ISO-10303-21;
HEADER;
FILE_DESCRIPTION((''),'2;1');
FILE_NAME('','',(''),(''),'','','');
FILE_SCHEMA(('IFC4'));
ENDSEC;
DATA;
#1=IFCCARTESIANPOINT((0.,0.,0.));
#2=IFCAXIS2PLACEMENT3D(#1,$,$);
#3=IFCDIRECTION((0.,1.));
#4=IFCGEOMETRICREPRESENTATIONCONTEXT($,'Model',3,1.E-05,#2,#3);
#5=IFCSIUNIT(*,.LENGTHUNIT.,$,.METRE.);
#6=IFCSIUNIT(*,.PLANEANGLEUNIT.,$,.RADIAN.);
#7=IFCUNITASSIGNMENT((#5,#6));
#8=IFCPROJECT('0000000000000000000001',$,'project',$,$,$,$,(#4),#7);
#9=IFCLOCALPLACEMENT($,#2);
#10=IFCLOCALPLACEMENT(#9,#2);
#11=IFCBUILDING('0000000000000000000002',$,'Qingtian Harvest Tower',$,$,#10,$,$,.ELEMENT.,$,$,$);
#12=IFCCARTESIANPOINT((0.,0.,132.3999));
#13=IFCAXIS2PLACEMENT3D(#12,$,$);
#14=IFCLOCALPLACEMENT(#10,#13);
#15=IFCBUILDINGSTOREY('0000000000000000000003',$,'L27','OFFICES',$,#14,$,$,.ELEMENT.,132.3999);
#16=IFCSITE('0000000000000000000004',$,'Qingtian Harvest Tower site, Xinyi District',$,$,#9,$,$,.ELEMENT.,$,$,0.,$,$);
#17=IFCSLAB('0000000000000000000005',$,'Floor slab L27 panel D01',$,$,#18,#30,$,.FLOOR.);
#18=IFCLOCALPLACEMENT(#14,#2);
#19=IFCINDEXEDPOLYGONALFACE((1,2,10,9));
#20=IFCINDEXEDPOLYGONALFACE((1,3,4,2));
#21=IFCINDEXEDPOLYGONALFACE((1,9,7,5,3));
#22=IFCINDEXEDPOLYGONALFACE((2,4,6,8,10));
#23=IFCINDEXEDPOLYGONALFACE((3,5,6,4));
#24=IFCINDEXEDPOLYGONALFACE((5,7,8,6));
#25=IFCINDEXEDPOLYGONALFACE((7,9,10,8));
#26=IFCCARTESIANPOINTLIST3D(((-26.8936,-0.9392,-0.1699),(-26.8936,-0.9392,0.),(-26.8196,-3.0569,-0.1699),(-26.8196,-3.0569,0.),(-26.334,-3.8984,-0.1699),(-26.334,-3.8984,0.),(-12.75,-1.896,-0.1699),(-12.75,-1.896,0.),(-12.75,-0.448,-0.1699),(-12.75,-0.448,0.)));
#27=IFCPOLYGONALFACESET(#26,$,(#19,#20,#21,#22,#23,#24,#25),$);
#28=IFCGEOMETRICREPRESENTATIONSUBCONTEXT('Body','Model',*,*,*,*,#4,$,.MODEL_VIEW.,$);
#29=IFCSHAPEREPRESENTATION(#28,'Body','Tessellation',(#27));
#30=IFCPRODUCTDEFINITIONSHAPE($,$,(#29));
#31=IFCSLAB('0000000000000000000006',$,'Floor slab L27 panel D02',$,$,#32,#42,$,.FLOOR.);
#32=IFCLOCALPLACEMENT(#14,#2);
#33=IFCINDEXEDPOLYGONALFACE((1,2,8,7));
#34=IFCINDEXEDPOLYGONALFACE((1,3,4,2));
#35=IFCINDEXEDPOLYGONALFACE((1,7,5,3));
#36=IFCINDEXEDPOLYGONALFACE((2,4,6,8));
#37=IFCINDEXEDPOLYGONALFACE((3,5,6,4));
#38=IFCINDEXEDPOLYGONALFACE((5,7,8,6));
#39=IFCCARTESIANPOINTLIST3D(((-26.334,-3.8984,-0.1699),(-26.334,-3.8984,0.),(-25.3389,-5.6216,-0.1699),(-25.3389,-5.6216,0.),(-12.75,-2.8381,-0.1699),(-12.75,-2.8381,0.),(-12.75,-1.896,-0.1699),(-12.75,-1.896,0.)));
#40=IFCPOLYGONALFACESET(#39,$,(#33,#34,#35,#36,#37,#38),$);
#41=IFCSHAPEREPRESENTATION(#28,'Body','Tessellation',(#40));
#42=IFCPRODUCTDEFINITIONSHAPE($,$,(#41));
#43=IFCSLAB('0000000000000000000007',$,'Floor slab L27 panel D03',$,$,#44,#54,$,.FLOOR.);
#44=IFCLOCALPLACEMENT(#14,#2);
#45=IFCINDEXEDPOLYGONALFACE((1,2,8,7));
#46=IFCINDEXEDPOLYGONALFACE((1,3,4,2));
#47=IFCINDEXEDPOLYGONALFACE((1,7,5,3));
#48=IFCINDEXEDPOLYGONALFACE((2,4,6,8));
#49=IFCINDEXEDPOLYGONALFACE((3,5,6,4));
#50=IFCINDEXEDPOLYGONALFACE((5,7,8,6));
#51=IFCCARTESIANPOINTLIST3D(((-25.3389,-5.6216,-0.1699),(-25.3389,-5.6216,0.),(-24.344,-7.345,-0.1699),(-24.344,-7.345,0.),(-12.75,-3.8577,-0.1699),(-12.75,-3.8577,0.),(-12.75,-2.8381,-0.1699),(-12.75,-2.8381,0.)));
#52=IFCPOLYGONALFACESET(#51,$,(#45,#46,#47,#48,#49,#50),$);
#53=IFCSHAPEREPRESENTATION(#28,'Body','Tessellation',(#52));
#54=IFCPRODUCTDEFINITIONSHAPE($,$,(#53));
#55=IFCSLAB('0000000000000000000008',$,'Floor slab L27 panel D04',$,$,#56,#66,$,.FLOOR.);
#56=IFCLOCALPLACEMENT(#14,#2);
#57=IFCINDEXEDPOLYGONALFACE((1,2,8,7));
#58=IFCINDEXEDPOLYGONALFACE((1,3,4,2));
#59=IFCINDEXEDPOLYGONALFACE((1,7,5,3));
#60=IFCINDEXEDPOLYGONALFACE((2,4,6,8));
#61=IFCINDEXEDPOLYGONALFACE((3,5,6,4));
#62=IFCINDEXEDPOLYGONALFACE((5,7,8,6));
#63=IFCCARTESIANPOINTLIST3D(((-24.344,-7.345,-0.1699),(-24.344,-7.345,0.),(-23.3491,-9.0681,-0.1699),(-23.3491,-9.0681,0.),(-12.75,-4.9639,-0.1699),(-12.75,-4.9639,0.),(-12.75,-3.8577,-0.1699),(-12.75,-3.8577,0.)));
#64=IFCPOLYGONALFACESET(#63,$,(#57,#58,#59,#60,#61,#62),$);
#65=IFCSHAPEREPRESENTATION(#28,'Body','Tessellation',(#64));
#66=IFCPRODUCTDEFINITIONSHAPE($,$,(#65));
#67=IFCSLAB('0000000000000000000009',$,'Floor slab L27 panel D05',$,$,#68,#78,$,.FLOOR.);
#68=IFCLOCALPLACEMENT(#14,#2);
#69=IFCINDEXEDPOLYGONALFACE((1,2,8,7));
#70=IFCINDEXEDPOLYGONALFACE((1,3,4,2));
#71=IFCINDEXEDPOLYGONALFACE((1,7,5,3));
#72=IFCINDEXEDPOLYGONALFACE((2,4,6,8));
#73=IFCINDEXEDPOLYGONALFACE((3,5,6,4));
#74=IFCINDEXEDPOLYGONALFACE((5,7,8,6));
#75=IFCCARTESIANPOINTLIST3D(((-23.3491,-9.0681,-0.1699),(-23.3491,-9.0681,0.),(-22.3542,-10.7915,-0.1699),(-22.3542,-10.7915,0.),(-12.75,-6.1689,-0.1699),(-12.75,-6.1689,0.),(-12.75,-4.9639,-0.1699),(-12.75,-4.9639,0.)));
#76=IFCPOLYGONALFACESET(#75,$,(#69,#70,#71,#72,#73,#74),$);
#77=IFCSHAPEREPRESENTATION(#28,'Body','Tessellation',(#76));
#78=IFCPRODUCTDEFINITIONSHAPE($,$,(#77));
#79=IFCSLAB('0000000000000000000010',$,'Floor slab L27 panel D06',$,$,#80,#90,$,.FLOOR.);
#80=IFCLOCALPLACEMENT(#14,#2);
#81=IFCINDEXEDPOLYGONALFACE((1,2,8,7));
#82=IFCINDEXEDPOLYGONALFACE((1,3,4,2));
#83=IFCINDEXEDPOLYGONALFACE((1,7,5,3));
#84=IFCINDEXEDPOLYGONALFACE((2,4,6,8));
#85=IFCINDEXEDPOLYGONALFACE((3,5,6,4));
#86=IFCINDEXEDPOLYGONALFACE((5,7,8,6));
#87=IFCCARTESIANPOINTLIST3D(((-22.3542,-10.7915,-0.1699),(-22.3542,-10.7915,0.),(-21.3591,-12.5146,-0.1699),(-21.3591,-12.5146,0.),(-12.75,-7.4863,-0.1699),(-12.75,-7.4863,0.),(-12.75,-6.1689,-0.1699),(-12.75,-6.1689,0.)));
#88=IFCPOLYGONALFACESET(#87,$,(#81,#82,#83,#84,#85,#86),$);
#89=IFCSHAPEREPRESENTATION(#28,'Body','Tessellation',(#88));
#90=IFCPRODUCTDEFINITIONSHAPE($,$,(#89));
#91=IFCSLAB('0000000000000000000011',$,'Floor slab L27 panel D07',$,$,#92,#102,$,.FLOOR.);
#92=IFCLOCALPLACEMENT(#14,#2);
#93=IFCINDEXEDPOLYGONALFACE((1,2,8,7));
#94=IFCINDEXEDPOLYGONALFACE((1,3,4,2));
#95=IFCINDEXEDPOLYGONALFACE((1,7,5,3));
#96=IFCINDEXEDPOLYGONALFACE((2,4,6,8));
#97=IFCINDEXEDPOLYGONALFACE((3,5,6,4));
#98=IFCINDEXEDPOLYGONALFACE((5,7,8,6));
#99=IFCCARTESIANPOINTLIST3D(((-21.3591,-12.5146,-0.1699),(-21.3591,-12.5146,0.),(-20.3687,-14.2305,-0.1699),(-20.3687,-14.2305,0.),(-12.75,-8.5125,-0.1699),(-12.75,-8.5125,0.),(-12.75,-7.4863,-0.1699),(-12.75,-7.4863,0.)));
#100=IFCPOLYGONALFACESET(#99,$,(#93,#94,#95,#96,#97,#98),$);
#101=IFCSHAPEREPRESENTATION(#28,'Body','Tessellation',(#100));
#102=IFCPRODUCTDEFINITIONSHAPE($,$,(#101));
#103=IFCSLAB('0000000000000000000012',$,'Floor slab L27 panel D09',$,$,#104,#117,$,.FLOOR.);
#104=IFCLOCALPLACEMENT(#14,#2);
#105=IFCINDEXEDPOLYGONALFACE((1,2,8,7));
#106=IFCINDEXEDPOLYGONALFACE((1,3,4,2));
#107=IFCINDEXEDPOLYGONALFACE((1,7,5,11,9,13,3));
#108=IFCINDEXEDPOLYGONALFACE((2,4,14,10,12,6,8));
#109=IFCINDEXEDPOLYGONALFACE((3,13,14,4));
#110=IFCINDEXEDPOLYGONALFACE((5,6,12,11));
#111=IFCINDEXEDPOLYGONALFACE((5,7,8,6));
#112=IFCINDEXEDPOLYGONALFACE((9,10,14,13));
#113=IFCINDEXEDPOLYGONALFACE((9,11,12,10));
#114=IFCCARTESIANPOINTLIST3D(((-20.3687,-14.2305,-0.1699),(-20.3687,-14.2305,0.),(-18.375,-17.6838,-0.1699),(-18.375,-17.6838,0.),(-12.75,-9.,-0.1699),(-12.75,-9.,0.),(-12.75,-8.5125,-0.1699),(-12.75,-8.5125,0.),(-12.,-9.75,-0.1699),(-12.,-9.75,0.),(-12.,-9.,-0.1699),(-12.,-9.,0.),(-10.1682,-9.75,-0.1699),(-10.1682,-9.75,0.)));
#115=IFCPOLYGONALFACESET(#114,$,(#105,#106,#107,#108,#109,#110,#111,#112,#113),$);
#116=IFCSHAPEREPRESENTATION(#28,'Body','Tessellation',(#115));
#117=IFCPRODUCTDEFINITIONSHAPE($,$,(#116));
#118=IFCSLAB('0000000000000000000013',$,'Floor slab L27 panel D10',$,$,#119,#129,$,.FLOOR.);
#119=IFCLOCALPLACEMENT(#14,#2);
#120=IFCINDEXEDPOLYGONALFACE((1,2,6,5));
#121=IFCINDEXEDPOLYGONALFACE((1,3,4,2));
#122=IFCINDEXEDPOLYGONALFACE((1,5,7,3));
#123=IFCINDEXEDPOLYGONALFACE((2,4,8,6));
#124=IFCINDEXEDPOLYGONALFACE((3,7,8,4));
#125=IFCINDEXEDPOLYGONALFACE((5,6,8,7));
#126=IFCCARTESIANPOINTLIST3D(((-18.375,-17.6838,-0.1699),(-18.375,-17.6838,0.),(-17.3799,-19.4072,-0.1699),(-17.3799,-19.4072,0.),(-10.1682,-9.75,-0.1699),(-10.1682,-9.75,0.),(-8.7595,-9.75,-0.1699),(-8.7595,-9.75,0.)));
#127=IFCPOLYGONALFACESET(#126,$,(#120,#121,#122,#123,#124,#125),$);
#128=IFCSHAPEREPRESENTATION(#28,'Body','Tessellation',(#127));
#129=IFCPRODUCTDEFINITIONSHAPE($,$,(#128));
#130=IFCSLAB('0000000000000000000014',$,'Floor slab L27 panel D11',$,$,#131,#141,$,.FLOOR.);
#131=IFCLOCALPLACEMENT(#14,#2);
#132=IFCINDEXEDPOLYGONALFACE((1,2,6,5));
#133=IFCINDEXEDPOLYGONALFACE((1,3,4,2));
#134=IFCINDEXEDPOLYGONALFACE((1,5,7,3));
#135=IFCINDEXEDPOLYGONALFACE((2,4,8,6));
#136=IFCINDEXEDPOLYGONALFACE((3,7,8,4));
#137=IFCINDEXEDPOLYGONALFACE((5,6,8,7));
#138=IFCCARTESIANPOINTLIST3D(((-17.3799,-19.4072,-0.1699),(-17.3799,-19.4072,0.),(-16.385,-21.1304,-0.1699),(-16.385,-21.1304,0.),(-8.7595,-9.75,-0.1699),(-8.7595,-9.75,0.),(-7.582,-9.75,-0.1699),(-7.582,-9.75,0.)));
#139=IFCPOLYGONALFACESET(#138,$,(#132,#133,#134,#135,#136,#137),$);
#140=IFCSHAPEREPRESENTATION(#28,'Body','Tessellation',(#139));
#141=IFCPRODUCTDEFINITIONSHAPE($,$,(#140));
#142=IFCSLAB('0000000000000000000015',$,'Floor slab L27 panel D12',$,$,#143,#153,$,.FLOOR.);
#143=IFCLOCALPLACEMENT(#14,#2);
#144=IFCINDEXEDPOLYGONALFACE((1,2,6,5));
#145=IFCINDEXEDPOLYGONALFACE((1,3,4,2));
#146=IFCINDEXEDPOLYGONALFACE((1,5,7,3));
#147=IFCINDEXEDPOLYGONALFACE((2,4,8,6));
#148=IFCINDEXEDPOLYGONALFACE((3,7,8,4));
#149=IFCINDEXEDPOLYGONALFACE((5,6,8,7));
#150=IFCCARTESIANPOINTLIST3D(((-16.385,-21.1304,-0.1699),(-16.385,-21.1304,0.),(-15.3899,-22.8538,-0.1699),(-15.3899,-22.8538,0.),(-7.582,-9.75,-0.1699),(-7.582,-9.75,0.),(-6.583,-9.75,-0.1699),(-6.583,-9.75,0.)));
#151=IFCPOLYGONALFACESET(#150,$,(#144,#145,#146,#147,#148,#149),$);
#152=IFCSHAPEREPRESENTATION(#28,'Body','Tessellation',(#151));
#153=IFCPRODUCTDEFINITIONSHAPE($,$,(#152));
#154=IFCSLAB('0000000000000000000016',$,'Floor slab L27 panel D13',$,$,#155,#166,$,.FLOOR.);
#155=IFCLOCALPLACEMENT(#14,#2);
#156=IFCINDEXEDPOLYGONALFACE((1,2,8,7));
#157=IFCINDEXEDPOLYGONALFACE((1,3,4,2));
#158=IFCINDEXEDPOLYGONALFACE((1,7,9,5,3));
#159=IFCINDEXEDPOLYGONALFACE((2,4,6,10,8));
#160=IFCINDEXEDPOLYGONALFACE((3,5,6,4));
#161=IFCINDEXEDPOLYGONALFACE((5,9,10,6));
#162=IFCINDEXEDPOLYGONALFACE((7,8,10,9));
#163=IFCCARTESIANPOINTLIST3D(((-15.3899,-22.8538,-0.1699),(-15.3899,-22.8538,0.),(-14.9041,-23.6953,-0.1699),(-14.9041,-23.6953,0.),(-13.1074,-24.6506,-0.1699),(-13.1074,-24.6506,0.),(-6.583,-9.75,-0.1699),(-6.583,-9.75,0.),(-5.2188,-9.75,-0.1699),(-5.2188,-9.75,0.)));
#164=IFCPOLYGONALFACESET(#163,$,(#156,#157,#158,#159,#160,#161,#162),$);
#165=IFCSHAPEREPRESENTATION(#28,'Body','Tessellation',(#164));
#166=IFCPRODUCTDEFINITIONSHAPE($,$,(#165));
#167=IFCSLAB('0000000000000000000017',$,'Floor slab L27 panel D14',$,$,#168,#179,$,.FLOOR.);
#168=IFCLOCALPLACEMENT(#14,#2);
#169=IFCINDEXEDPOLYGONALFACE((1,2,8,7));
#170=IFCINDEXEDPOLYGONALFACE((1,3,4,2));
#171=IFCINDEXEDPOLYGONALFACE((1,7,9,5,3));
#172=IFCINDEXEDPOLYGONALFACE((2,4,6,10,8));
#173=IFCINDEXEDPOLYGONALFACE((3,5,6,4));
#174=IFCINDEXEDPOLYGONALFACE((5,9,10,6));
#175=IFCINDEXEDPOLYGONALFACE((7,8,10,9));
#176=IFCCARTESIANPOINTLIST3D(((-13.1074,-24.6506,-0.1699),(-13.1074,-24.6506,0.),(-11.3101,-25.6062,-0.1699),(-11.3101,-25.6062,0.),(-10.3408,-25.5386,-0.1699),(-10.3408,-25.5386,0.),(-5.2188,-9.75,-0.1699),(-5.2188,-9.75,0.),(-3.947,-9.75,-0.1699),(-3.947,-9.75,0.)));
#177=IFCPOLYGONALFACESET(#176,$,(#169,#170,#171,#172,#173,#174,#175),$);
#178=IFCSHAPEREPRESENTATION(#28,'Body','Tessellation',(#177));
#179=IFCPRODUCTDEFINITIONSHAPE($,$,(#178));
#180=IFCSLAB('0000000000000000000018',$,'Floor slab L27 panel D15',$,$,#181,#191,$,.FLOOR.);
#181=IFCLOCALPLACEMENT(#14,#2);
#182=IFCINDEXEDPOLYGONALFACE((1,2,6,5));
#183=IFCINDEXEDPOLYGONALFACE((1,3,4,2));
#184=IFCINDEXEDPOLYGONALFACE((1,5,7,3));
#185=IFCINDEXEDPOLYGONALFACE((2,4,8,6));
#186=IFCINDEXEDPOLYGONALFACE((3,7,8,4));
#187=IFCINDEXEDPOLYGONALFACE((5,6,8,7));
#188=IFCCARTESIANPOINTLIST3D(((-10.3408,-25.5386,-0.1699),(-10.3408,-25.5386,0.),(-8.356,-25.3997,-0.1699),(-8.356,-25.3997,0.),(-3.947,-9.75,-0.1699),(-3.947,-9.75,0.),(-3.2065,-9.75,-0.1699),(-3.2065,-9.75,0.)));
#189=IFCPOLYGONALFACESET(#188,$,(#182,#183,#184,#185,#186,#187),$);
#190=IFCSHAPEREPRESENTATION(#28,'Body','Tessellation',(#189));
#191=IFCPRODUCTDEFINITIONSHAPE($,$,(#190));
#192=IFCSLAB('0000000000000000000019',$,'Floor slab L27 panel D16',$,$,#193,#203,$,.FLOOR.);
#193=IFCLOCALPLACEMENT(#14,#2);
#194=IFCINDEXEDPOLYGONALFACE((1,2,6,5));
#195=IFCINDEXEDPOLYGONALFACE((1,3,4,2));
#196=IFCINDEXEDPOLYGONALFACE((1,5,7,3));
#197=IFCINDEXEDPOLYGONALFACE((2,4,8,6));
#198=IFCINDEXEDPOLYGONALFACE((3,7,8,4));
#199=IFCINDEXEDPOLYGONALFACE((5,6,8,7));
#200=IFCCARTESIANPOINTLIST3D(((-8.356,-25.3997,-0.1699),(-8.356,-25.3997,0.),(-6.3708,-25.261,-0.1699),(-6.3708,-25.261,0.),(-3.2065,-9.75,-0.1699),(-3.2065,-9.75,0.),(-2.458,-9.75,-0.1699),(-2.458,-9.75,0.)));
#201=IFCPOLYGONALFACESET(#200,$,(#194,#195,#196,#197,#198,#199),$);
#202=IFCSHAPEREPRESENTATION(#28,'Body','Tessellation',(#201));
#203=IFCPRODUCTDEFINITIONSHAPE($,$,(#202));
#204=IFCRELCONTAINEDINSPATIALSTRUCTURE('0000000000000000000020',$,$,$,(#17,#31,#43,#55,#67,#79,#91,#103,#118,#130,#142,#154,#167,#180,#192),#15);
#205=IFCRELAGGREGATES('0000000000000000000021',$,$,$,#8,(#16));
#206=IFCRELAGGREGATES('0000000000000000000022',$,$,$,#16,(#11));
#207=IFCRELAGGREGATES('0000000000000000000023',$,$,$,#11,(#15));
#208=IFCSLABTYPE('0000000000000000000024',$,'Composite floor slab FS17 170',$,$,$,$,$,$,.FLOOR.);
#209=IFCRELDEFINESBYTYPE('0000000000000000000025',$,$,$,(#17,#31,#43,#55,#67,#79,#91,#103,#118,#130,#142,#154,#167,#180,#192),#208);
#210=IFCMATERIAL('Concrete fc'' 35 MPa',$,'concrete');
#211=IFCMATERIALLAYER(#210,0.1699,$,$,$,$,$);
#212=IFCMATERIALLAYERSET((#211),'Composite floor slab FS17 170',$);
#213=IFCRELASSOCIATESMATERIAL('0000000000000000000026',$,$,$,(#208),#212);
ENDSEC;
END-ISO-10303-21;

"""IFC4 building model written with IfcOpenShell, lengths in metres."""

from ifc_helpers import new_model, si_unit, direction, frame, origin, place, context, subcontext, project, spatial, polyline, outline, extrude, material, layer, layer_set, type_object, element, save


model = new_model("IFC4")

# Units and contexts
model_context = context("Model", 3, precision=1e-05, world=origin(), true_north=direction((0.0, 1.0)))
body_context = subcontext(model_context, "Body", "Model", "MODEL_VIEW")
ifc_project = project(units=[si_unit("LENGTHUNIT", "METRE"), si_unit("PLANEANGLEUNIT", "RADIAN")], contexts=[model_context])

# Site, building, storey
site_placement = place(None, origin())
site = spatial("IfcSite", under=ifc_project, at=site_placement, Name="Qingtian Harvest Tower site, Xinyi District", CompositionType="ELEMENT", RefElevation=0.0)
building_placement = place(site_placement, origin())
building = spatial("IfcBuilding", under=site, at=building_placement, Name="Qingtian Harvest Tower", CompositionType="ELEMENT")
storey_placement = place(building_placement, frame((0.0, 0.0, 132.3999)))
storey = spatial("IfcBuildingStorey", under=building, at=storey_placement, Name="L27", Description="OFFICES", CompositionType="ELEMENT", Elevation=132.3999)

# Slabs
ifc_material_1 = material(Name="Concrete fc' 35 MPa", Category="concrete")
ifc_layer_1 = layer(ifc_material_1, 0.1699)
ifc_layer_set_1 = layer_set([ifc_layer_1], Name="Composite floor slab FS17 170")
slab_type_1 = type_object("IfcSlabType", Name="Composite floor slab FS17 170", PredefinedType="FLOOR", material=ifc_layer_set_1)
slab_1_placement = place(storey_placement, frame((0.0, 0.0, -0.1699)))
element("IfcSlab", 1, at=slab_1_placement, inside=storey, type_object=slab_type_1, Name="Floor slab L27 panel D01", PredefinedType="FLOOR", context=body_context, shape_type="SweptSolid", body=[
    extrude(outline(polyline([(-26.8936, -0.9392), (-12.75, -0.448), (-12.75, -1.896), (-26.334, -3.8984), (-26.8196, -3.0569), (-26.8936, -0.9392)])), origin(), (0.0, 0.0, 1.0), 0.1699),
])
slab_2_placement = place(storey_placement, frame((0.0, 0.0, -0.1699)))
element("IfcSlab", 2, at=slab_2_placement, inside=storey, type_object=slab_type_1, Name="Floor slab L27 panel D02", PredefinedType="FLOOR", context=body_context, shape_type="SweptSolid", body=[
    extrude(outline(polyline([(-12.75, -2.8381), (-25.3389, -5.6216), (-26.334, -3.8984), (-12.75, -1.896), (-12.75, -2.8381)])), origin(), (0.0, 0.0, 1.0), 0.1699),
])
slab_3_placement = place(storey_placement, frame((0.0, 0.0, -0.1699)))
element("IfcSlab", 3, at=slab_3_placement, inside=storey, type_object=slab_type_1, Name="Floor slab L27 panel D03", PredefinedType="FLOOR", context=body_context, shape_type="SweptSolid", body=[
    extrude(outline(polyline([(-12.75, -3.8577), (-24.344, -7.345), (-25.3389, -5.6216), (-12.75, -2.8381), (-12.75, -3.8577)])), origin(), (0.0, 0.0, 1.0), 0.1699),
])
slab_4_placement = place(storey_placement, frame((0.0, 0.0, -0.1699)))
element("IfcSlab", 4, at=slab_4_placement, inside=storey, type_object=slab_type_1, Name="Floor slab L27 panel D04", PredefinedType="FLOOR", context=body_context, shape_type="SweptSolid", body=[
    extrude(outline(polyline([(-12.75, -4.9639), (-23.3491, -9.0681), (-24.344, -7.345), (-12.75, -3.8577), (-12.75, -4.9639)])), origin(), (0.0, 0.0, 1.0), 0.1699),
])
slab_5_placement = place(storey_placement, frame((0.0, 0.0, -0.1699)))
element("IfcSlab", 5, at=slab_5_placement, inside=storey, type_object=slab_type_1, Name="Floor slab L27 panel D05", PredefinedType="FLOOR", context=body_context, shape_type="SweptSolid", body=[
    extrude(outline(polyline([(-12.75, -6.1689), (-22.3542, -10.7915), (-23.3491, -9.0681), (-12.75, -4.9639), (-12.75, -6.1689)])), origin(), (0.0, 0.0, 1.0), 0.1699),
])
slab_6_placement = place(storey_placement, frame((0.0, 0.0, -0.1699)))
element("IfcSlab", 6, at=slab_6_placement, inside=storey, type_object=slab_type_1, Name="Floor slab L27 panel D06", PredefinedType="FLOOR", context=body_context, shape_type="SweptSolid", body=[
    extrude(outline(polyline([(-12.75, -7.4863), (-21.3591, -12.5146), (-22.3542, -10.7915), (-12.75, -6.1689), (-12.75, -7.4863)])), origin(), (0.0, 0.0, 1.0), 0.1699),
])
slab_7_placement = place(storey_placement, frame((0.0, 0.0, -0.1699)))
element("IfcSlab", 7, at=slab_7_placement, inside=storey, type_object=slab_type_1, Name="Floor slab L27 panel D07", PredefinedType="FLOOR", context=body_context, shape_type="SweptSolid", body=[
    extrude(outline(polyline([(-12.75, -8.5125), (-20.3687, -14.2305), (-21.3591, -12.5146), (-12.75, -7.4863), (-12.75, -8.5125)])), origin(), (0.0, 0.0, 1.0), 0.1699),
])
slab_8_placement = place(storey_placement, frame((0.0, 0.0, -0.1699)))
element("IfcSlab", 8, at=slab_8_placement, inside=storey, type_object=slab_type_1, Name="Floor slab L27 panel D09", PredefinedType="FLOOR", context=body_context, shape_type="SweptSolid", body=[
    extrude(outline(polyline([(-18.375, -17.6838), (-20.3687, -14.2305), (-12.75, -8.5125), (-12.75, -9.0), (-12.0, -9.0), (-12.0, -9.75), (-10.1682, -9.75), (-18.375, -17.6838)])), origin(), (0.0, 0.0, 1.0), 0.1699),
])
slab_9_placement = place(storey_placement, frame((0.0, 0.0, -0.1699)))
element("IfcSlab", 9, at=slab_9_placement, inside=storey, type_object=slab_type_1, Name="Floor slab L27 panel D10", PredefinedType="FLOOR", context=body_context, shape_type="SweptSolid", body=[
    extrude(outline(polyline([(-8.7595, -9.75), (-17.3799, -19.4072), (-18.375, -17.6838), (-10.1682, -9.75), (-8.7595, -9.75)])), origin(), (0.0, 0.0, 1.0), 0.1699),
])
slab_10_placement = place(storey_placement, frame((0.0, 0.0, -0.1699)))
element("IfcSlab", 10, at=slab_10_placement, inside=storey, type_object=slab_type_1, Name="Floor slab L27 panel D11", PredefinedType="FLOOR", context=body_context, shape_type="SweptSolid", body=[
    extrude(outline(polyline([(-7.582, -9.75), (-16.385, -21.1304), (-17.3799, -19.4072), (-8.7595, -9.75), (-7.582, -9.75)])), origin(), (0.0, 0.0, 1.0), 0.1699),
])
slab_11_placement = place(storey_placement, frame((0.0, 0.0, -0.1699)))
element("IfcSlab", 11, at=slab_11_placement, inside=storey, type_object=slab_type_1, Name="Floor slab L27 panel D12", PredefinedType="FLOOR", context=body_context, shape_type="SweptSolid", body=[
    extrude(outline(polyline([(-6.583, -9.75), (-15.3899, -22.8538), (-16.385, -21.1304), (-7.582, -9.75), (-6.583, -9.75)])), origin(), (0.0, 0.0, 1.0), 0.1699),
])
slab_12_placement = place(storey_placement, frame((0.0, 0.0, -0.1699)))
element("IfcSlab", 12, at=slab_12_placement, inside=storey, type_object=slab_type_1, Name="Floor slab L27 panel D13", PredefinedType="FLOOR", context=body_context, shape_type="SweptSolid", body=[
    extrude(outline(polyline([(-6.583, -9.75), (-5.2188, -9.75), (-13.1074, -24.6506), (-14.9041, -23.6953), (-15.3899, -22.8538), (-6.583, -9.75)])), origin(), (0.0, 0.0, 1.0), 0.1699),
])
slab_13_placement = place(storey_placement, frame((0.0, 0.0, -0.1699)))
element("IfcSlab", 13, at=slab_13_placement, inside=storey, type_object=slab_type_1, Name="Floor slab L27 panel D14", PredefinedType="FLOOR", context=body_context, shape_type="SweptSolid", body=[
    extrude(outline(polyline([(-5.2188, -9.75), (-3.947, -9.75), (-10.3408, -25.5386), (-11.3101, -25.6062), (-13.1074, -24.6506), (-5.2188, -9.75)])), origin(), (0.0, 0.0, 1.0), 0.1699),
])
slab_14_placement = place(storey_placement, frame((0.0, 0.0, -0.1699)))
element("IfcSlab", 14, at=slab_14_placement, inside=storey, type_object=slab_type_1, Name="Floor slab L27 panel D15", PredefinedType="FLOOR", context=body_context, shape_type="SweptSolid", body=[
    extrude(outline(polyline([(-3.2065, -9.75), (-8.356, -25.3997), (-10.3408, -25.5386), (-3.947, -9.75), (-3.2065, -9.75)])), origin(), (0.0, 0.0, 1.0), 0.1699),
])
slab_15_placement = place(storey_placement, frame((0.0, 0.0, -0.1699)))
element("IfcSlab", 15, at=slab_15_placement, inside=storey, type_object=slab_type_1, Name="Floor slab L27 panel D16", PredefinedType="FLOOR", context=body_context, shape_type="SweptSolid", body=[
    extrude(outline(polyline([(-2.458, -9.75), (-6.3708, -25.261), (-8.356, -25.3997), (-3.2065, -9.75), (-2.458, -9.75)])), origin(), (0.0, 0.0, 1.0), 0.1699),
])

save(model, "model.ifc")
